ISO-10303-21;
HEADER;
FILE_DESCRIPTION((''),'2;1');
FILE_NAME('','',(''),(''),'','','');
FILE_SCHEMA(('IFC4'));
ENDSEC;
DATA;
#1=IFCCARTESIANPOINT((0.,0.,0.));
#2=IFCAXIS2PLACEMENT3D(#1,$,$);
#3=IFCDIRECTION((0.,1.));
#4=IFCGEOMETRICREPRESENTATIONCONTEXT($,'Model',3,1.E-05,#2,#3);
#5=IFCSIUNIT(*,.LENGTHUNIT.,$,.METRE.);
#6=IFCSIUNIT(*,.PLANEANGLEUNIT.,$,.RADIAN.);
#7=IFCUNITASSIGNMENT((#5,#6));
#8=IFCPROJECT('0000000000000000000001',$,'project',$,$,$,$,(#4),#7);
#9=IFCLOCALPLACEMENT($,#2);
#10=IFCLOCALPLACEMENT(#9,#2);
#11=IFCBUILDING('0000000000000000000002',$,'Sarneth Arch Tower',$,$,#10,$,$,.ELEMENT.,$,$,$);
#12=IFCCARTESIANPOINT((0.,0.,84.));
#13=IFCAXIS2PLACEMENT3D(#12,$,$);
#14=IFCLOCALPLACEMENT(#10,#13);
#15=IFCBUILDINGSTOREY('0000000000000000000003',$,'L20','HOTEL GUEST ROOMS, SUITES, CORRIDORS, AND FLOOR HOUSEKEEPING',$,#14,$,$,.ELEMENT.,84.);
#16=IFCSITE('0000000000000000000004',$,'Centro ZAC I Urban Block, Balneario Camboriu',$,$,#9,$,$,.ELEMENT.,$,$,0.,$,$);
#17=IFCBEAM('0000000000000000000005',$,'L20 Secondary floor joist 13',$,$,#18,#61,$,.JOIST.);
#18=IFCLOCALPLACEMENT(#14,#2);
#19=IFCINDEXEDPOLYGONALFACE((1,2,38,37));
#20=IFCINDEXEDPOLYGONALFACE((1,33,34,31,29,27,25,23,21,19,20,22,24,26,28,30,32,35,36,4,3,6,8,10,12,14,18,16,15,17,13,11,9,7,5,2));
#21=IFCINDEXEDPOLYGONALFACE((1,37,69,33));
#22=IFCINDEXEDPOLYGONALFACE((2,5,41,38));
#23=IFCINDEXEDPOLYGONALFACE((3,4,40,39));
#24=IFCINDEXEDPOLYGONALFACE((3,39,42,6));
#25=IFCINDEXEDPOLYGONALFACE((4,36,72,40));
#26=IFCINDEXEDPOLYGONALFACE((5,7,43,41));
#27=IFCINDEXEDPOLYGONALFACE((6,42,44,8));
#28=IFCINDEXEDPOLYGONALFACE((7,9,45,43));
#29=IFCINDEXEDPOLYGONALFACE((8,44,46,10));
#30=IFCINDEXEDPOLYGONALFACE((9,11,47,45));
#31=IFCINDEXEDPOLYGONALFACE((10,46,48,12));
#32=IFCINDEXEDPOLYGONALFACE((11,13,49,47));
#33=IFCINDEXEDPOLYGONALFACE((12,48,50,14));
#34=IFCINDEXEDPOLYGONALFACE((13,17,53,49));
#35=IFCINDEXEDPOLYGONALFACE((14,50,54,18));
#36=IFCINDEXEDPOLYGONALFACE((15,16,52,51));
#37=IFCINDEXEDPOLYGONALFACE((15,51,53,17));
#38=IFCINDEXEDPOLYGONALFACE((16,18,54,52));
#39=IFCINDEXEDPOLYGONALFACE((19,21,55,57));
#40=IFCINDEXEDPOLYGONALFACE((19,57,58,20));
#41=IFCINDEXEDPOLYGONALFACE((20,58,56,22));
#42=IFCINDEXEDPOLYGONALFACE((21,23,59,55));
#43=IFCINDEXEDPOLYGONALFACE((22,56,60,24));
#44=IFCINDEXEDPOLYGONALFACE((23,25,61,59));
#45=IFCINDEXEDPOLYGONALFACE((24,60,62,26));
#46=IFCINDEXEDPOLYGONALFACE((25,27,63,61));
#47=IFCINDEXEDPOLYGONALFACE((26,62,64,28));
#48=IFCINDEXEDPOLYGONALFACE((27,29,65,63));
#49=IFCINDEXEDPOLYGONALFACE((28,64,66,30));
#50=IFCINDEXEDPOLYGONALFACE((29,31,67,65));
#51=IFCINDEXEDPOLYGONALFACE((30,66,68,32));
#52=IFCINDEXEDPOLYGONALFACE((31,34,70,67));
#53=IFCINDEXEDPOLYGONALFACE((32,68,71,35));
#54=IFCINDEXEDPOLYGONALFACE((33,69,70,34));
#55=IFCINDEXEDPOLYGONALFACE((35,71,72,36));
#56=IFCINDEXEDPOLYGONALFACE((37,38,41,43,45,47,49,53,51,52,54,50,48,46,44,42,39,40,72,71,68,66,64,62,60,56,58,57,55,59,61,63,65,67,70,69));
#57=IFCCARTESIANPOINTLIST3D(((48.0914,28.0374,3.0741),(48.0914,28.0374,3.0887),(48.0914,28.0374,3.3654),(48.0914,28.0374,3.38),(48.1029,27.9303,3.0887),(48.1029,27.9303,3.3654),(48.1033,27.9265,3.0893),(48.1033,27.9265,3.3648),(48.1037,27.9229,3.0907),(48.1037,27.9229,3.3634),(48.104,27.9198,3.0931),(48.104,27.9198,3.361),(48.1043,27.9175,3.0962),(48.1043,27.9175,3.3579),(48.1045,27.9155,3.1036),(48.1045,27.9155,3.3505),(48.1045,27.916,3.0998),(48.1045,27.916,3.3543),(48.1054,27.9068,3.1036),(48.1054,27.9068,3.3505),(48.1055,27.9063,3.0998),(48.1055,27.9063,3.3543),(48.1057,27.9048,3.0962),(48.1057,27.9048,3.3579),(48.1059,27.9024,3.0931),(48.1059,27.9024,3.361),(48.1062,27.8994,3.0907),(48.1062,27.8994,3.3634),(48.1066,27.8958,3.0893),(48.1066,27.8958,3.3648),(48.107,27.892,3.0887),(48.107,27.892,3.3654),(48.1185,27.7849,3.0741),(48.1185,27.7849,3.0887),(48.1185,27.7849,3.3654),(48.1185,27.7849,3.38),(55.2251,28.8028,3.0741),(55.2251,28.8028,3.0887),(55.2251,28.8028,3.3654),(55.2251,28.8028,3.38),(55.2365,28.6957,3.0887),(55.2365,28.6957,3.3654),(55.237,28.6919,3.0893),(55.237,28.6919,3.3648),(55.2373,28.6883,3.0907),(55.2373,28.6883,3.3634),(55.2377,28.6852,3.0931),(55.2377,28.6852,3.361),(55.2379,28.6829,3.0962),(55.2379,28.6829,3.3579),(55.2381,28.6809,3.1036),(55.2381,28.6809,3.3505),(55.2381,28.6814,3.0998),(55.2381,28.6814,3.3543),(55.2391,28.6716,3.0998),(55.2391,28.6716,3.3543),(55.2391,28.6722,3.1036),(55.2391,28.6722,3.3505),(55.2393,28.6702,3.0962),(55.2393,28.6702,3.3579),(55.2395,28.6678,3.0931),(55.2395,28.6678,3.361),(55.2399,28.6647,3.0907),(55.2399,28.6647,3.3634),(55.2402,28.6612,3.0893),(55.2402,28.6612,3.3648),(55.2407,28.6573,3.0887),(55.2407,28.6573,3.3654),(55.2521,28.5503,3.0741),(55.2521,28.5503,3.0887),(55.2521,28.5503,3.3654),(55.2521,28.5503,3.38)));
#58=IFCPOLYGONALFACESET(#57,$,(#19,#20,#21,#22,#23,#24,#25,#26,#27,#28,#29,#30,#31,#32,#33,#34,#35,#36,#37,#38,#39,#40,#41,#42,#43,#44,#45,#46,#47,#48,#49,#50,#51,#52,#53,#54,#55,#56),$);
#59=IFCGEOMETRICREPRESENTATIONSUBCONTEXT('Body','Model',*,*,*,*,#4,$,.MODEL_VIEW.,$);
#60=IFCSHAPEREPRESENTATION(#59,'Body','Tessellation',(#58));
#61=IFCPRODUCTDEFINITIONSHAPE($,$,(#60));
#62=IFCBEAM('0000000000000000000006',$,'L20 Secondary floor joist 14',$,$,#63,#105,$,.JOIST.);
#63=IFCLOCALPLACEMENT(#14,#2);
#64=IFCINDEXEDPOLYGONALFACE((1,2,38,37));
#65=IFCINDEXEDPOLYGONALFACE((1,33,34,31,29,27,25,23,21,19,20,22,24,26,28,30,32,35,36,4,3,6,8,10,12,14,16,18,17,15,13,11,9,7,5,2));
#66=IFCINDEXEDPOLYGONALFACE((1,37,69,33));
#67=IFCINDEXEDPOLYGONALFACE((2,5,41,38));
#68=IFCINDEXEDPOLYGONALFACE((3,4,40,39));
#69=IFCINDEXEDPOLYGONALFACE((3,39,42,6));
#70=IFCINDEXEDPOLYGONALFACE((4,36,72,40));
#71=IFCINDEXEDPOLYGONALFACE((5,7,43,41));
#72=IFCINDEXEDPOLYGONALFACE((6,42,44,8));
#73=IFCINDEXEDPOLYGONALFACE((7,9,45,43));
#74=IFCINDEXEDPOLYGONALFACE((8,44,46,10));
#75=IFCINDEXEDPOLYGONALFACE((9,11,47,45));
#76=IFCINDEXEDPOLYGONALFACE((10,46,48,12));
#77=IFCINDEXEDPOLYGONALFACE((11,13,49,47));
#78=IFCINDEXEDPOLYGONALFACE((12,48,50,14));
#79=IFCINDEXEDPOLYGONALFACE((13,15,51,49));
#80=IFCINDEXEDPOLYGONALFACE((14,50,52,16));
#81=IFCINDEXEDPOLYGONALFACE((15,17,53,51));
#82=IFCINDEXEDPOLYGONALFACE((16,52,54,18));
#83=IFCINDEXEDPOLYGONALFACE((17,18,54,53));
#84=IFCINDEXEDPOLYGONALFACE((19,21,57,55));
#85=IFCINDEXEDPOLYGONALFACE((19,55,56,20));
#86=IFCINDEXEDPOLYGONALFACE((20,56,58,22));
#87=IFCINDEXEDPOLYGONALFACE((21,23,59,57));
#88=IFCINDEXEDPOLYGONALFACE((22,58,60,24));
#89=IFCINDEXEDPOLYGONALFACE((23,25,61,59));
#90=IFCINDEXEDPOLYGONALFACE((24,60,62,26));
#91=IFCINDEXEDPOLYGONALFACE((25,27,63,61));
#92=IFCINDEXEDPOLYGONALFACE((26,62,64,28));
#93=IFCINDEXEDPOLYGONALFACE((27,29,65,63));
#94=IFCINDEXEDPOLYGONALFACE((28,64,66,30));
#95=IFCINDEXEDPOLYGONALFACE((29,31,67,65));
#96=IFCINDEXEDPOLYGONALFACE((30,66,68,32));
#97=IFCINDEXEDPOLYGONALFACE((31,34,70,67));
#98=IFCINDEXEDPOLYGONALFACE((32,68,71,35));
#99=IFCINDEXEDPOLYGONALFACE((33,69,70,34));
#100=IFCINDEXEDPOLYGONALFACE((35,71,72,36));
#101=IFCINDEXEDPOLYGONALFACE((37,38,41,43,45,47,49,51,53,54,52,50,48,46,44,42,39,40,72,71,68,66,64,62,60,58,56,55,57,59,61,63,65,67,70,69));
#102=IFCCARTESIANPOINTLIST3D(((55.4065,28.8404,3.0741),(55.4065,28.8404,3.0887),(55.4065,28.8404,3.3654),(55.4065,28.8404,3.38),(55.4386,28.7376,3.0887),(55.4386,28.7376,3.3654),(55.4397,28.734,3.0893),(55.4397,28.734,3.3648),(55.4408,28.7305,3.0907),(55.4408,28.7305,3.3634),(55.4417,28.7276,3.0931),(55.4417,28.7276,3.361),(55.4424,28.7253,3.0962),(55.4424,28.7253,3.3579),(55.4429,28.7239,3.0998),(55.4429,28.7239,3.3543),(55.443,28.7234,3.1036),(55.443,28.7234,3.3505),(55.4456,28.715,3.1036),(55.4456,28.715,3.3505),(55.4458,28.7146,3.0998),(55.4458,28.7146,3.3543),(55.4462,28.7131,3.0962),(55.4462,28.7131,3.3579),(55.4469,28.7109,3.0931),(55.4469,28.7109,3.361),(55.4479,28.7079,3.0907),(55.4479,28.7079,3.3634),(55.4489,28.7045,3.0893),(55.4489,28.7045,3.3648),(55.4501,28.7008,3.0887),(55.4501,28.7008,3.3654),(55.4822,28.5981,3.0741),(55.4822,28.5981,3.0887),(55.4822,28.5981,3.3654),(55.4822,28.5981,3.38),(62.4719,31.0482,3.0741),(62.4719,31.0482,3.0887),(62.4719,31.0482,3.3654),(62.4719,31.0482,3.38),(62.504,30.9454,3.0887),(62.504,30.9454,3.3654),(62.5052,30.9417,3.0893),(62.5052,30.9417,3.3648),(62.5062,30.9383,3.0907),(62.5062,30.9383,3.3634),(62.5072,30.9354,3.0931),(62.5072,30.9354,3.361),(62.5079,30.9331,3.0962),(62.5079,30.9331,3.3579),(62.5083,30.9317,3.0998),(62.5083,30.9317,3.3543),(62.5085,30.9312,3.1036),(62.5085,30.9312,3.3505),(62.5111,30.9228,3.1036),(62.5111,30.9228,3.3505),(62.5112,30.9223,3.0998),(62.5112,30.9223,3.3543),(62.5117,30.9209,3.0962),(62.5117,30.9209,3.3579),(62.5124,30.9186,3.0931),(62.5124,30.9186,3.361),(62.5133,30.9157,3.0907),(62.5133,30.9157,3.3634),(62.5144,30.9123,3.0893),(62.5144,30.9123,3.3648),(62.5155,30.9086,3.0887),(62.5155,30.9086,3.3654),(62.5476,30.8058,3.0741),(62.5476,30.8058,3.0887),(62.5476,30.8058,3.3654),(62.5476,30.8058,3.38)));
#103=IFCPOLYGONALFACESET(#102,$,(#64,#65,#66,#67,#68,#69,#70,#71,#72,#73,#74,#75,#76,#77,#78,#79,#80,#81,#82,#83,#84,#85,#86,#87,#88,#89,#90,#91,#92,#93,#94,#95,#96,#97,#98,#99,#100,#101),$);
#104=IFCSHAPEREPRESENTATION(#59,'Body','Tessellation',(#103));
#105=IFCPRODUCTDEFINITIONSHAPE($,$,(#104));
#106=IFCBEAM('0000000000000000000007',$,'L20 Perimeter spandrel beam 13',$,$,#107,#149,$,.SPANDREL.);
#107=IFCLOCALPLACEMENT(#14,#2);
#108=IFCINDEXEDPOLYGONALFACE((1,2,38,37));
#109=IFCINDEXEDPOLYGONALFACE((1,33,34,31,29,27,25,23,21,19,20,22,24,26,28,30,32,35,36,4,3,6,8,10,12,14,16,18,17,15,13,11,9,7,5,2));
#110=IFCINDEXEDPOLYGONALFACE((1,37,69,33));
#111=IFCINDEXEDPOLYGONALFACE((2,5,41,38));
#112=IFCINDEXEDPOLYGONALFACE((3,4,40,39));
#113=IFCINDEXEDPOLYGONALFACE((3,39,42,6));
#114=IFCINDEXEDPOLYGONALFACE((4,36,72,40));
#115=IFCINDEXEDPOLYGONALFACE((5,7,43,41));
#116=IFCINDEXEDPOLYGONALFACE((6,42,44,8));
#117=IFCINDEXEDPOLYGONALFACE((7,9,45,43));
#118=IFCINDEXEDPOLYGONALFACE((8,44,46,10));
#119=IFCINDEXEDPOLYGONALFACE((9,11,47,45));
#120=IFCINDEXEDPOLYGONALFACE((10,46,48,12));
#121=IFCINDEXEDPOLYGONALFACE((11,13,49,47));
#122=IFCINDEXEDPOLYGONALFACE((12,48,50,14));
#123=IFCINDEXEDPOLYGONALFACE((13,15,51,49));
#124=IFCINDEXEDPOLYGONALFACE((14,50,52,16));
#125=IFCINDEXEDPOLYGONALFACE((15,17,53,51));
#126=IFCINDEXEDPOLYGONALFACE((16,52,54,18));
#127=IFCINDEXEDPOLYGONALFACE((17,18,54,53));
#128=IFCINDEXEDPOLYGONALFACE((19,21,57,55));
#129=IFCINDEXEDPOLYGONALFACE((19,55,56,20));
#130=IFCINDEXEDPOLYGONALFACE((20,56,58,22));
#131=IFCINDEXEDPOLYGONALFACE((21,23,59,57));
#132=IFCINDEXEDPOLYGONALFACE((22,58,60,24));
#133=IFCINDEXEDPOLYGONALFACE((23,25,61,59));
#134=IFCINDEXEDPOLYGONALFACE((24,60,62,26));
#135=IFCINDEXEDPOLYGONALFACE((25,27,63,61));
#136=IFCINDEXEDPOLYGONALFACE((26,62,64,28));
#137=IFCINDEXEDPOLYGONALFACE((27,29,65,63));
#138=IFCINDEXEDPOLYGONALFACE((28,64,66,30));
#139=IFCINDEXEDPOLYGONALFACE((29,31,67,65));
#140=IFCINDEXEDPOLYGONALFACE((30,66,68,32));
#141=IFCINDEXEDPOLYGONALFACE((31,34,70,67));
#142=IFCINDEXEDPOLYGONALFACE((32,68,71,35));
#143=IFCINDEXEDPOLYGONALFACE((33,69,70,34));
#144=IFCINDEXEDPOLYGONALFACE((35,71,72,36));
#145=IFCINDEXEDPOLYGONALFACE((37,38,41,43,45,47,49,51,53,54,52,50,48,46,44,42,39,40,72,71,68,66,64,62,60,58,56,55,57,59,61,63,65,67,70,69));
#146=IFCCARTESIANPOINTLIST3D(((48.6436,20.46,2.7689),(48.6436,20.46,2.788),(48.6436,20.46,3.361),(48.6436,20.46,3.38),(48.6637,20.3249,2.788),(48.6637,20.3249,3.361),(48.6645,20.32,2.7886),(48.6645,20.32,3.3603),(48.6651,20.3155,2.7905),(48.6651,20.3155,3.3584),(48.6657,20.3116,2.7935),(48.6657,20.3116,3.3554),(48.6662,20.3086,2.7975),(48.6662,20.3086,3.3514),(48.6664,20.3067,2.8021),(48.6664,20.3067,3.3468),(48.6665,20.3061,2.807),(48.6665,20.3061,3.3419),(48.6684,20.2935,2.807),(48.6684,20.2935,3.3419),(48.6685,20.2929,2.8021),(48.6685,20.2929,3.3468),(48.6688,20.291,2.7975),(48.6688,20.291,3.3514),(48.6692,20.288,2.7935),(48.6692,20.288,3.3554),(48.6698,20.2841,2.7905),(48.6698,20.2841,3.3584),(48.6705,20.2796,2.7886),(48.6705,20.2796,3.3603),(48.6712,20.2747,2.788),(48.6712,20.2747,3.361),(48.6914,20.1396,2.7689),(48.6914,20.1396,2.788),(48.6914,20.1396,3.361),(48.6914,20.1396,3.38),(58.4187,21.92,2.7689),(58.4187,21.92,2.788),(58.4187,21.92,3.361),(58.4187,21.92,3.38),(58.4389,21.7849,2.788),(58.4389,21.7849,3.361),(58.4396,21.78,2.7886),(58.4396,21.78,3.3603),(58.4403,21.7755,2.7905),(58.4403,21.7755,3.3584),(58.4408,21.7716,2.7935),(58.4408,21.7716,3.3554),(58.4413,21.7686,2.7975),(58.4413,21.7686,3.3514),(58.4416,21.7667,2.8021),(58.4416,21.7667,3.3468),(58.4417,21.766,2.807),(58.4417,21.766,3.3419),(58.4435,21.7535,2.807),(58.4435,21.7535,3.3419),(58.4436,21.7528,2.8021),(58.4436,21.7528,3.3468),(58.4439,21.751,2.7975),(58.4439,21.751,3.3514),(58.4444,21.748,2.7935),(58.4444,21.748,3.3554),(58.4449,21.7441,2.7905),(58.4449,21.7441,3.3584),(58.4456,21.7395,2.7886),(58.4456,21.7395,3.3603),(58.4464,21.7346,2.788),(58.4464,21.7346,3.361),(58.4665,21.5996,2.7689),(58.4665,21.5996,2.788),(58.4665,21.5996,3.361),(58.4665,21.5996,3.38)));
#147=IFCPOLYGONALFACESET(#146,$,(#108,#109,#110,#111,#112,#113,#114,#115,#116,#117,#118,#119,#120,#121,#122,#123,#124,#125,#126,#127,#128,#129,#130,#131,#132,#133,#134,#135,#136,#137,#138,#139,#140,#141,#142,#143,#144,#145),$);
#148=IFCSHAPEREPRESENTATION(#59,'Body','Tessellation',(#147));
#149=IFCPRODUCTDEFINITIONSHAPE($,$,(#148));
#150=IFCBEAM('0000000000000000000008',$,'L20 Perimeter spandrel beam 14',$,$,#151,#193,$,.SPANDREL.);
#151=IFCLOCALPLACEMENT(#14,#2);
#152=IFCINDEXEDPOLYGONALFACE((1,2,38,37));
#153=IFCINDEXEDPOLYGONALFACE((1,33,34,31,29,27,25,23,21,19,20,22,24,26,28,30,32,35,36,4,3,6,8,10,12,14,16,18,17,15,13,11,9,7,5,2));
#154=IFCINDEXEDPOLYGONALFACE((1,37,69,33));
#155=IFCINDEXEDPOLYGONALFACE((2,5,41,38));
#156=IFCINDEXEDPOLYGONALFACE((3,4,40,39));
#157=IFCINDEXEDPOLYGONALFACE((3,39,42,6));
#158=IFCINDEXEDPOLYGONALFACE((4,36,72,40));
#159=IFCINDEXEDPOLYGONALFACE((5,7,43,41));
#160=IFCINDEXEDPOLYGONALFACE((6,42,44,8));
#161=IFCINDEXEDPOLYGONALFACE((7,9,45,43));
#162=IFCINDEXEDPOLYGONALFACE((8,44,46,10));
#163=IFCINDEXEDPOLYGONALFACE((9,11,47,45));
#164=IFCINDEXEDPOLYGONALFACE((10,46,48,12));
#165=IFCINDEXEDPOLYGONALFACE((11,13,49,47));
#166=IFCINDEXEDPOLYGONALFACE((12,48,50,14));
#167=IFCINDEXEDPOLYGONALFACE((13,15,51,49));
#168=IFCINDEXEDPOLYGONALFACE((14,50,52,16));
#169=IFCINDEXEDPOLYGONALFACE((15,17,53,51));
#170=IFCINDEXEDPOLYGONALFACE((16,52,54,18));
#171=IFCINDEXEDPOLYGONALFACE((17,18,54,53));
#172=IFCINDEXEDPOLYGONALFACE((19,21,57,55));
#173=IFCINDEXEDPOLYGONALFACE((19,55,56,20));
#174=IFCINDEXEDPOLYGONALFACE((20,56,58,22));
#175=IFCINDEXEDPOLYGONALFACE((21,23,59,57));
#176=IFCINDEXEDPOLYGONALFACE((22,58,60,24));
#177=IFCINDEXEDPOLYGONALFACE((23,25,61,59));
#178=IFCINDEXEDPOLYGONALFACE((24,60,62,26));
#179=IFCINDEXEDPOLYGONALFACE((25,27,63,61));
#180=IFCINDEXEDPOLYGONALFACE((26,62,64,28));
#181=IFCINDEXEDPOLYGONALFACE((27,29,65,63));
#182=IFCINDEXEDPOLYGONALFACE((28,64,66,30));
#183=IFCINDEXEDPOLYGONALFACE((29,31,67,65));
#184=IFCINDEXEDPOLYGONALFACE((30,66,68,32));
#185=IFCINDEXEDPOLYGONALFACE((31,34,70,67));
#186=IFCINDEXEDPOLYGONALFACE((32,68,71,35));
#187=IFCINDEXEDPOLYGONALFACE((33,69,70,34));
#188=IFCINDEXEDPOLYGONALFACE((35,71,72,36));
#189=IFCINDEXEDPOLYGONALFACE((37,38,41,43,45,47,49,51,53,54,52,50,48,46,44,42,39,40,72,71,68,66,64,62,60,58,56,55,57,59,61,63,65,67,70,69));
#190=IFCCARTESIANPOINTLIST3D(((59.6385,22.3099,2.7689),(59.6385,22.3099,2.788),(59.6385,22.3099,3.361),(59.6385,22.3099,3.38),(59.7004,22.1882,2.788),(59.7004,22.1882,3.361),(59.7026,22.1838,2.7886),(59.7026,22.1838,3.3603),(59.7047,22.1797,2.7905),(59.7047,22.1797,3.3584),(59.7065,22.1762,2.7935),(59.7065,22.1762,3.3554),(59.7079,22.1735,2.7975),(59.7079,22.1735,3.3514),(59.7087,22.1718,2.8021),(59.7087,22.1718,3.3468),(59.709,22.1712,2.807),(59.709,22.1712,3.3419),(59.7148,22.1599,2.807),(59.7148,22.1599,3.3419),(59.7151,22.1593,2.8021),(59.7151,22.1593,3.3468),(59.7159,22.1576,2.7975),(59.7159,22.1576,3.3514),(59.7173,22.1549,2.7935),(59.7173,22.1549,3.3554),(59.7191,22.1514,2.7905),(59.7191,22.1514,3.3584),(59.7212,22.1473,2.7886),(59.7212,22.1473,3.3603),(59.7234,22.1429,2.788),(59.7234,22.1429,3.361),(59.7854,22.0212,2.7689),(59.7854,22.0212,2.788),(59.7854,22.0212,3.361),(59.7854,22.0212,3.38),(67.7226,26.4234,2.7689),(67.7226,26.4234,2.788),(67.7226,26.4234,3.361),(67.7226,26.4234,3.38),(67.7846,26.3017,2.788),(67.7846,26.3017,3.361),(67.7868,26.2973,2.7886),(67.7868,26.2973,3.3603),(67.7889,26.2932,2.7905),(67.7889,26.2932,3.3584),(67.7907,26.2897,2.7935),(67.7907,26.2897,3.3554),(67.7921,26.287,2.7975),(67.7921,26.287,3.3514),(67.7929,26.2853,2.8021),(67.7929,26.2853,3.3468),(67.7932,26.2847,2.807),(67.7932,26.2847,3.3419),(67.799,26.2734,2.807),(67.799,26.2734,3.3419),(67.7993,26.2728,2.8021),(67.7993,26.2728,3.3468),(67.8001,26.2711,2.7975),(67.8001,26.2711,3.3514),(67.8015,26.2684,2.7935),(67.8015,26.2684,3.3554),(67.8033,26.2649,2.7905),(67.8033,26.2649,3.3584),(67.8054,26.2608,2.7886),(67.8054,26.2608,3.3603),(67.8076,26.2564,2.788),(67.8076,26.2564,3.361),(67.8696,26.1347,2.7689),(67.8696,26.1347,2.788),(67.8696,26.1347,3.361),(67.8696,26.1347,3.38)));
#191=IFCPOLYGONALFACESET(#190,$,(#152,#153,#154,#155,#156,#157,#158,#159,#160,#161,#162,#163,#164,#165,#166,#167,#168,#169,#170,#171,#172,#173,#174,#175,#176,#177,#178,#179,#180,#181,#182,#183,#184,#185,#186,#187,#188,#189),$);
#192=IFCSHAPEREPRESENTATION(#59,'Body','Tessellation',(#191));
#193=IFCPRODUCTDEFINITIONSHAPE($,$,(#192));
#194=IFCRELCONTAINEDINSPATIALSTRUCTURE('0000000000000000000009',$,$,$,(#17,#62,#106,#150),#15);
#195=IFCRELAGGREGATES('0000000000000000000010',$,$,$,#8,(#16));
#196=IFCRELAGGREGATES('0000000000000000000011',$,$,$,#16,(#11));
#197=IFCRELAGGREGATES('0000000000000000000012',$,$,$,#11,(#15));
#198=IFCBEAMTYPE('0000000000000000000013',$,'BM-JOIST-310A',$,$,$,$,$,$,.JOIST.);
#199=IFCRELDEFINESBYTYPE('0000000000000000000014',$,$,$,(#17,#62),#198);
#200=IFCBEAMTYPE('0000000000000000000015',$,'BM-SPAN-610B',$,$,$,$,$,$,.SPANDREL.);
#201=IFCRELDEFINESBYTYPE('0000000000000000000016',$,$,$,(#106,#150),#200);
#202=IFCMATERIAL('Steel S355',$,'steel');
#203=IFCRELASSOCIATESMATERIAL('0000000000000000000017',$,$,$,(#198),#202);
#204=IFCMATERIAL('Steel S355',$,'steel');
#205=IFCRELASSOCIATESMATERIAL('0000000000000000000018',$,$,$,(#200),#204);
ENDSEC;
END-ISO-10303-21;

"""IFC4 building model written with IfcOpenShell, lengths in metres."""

from ifc_helpers import new_model, si_unit, direction, frame, origin, origin_2d, place, context, subcontext, project, spatial, i_section, extrude, material, material_profile, profile_set, type_object, element, save


model = new_model("IFC4")

# Units and contexts
model_context = context("Model", 3, precision=1e-05, world=origin(), true_north=direction((0.0, 1.0)))
body_context = subcontext(model_context, "Body", "Model", "MODEL_VIEW")
ifc_project = project(units=[si_unit("LENGTHUNIT", "METRE"), si_unit("PLANEANGLEUNIT", "RADIAN")], contexts=[model_context])

# Site, building, storey
site_placement = place(None, origin())
site = spatial("IfcSite", under=ifc_project, at=site_placement, Name="Centro ZAC I Urban Block, Balneario Camboriu", CompositionType="ELEMENT", RefElevation=0.0)
building_placement = place(site_placement, origin())
building = spatial("IfcBuilding", under=site, at=building_placement, Name="Sarneth Arch Tower", CompositionType="ELEMENT")
storey_placement = place(building_placement, frame((0.0, 0.0, 84.0)))
storey = spatial("IfcBuildingStorey", under=building, at=storey_placement, Name="L20", Description="HOTEL GUEST ROOMS, SUITES, CORRIDORS, AND FLOOR HOUSEKEEPING", CompositionType="ELEMENT", Elevation=84.0)

# Beams
ifc_material_1 = material(Name="Steel S355", Category="steel")
ifc_material_profile_1 = material_profile(ifc_material_1, i_section(OverallWidth=0.2539, OverallDepth=0.3059, WebThickness=0.0088, FlangeThickness=0.0146, FilletRadius=0.0149, at=origin_2d()), Name="W310x79")
ifc_profile_set_1 = profile_set([ifc_material_profile_1], Name="Steel S355")
beam_type_1 = type_object("IfcBeamType", Name="BM-JOIST-310A", PredefinedType="JOIST", material=ifc_profile_set_1)
beam_1_placement = place(storey_placement, frame((48.105, 27.9111, 3.2271), z_axis=(0.994293, 0.106681, 0.0), x_axis=(-0.106681, 0.994293, 0.0)))
element("IfcBeam", 1, at=beam_1_placement, inside=storey, type_object=beam_type_1, Name="L20 Secondary floor joist 13", PredefinedType="JOIST", context=body_context, shape_type="SweptSolid", body=[
    extrude(i_section(OverallWidth=0.2539, OverallDepth=0.3059, WebThickness=0.0088, FlangeThickness=0.0146, FilletRadius=0.0149, at=origin_2d()), origin(), (0.0, 0.0, 1.0), 7.1746),
])
beam_2_placement = place(storey_placement, frame((55.4443, 28.7192, 3.2271), z_axis=(0.954487, 0.298252, 0.0), x_axis=(-0.298252, 0.954487, 0.0)))
element("IfcBeam", 2, at=beam_2_placement, inside=storey, type_object=beam_type_1, Name="L20 Secondary floor joist 14", PredefinedType="JOIST", context=body_context, shape_type="SweptSolid", body=[
    extrude(i_section(OverallWidth=0.2539, OverallDepth=0.3059, WebThickness=0.0088, FlangeThickness=0.0146, FilletRadius=0.0149, at=origin_2d()), origin(), (0.0, 0.0, 1.0), 7.4023),
])
ifc_material_2 = material(Name="Steel S355", Category="steel")
ifc_material_profile_2 = material_profile(ifc_material_2, i_section(OverallWidth=0.324, OverallDepth=0.6111, WebThickness=0.0127, FlangeThickness=0.019, FilletRadius=0.019, at=origin_2d()), Name="W610x155")
ifc_profile_set_2 = profile_set([ifc_material_profile_2], Name="Steel S355")
beam_type_2 = type_object("IfcBeamType", Name="BM-SPAN-610B", PredefinedType="SPANDREL", material=ifc_profile_set_2)
beam_3_placement = place(storey_placement, frame((48.6675, 20.2998, 3.0745), z_axis=(0.98903, 0.147716, 0.0), x_axis=(-0.147716, 0.98903, 0.0)))
element("IfcBeam", 3, at=beam_3_placement, inside=storey, type_object=beam_type_2, Name="L20 Perimeter spandrel beam 13", PredefinedType="SPANDREL", context=body_context, shape_type="SweptSolid", body=[
    extrude(i_section(OverallWidth=0.324, OverallDepth=0.6111, WebThickness=0.0127, FlangeThickness=0.019, FilletRadius=0.019, at=origin_2d()), origin(), (0.0, 0.0, 1.0), 9.8835),
])
beam_4_placement = place(storey_placement, frame((59.7119, 22.1655, 3.0745), z_axis=(0.891256, 0.453501, 0.0), x_axis=(-0.453501, 0.891256, 0.0)))
element("IfcBeam", 4, at=beam_4_placement, inside=storey, type_object=beam_type_2, Name="L20 Perimeter spandrel beam 14", PredefinedType="SPANDREL", context=body_context, shape_type="SweptSolid", body=[
    extrude(i_section(OverallWidth=0.324, OverallDepth=0.6111, WebThickness=0.0127, FlangeThickness=0.019, FilletRadius=0.019, at=origin_2d()), origin(), (0.0, 0.0, 1.0), 9.0706),
])

save(model, "model.ifc")
